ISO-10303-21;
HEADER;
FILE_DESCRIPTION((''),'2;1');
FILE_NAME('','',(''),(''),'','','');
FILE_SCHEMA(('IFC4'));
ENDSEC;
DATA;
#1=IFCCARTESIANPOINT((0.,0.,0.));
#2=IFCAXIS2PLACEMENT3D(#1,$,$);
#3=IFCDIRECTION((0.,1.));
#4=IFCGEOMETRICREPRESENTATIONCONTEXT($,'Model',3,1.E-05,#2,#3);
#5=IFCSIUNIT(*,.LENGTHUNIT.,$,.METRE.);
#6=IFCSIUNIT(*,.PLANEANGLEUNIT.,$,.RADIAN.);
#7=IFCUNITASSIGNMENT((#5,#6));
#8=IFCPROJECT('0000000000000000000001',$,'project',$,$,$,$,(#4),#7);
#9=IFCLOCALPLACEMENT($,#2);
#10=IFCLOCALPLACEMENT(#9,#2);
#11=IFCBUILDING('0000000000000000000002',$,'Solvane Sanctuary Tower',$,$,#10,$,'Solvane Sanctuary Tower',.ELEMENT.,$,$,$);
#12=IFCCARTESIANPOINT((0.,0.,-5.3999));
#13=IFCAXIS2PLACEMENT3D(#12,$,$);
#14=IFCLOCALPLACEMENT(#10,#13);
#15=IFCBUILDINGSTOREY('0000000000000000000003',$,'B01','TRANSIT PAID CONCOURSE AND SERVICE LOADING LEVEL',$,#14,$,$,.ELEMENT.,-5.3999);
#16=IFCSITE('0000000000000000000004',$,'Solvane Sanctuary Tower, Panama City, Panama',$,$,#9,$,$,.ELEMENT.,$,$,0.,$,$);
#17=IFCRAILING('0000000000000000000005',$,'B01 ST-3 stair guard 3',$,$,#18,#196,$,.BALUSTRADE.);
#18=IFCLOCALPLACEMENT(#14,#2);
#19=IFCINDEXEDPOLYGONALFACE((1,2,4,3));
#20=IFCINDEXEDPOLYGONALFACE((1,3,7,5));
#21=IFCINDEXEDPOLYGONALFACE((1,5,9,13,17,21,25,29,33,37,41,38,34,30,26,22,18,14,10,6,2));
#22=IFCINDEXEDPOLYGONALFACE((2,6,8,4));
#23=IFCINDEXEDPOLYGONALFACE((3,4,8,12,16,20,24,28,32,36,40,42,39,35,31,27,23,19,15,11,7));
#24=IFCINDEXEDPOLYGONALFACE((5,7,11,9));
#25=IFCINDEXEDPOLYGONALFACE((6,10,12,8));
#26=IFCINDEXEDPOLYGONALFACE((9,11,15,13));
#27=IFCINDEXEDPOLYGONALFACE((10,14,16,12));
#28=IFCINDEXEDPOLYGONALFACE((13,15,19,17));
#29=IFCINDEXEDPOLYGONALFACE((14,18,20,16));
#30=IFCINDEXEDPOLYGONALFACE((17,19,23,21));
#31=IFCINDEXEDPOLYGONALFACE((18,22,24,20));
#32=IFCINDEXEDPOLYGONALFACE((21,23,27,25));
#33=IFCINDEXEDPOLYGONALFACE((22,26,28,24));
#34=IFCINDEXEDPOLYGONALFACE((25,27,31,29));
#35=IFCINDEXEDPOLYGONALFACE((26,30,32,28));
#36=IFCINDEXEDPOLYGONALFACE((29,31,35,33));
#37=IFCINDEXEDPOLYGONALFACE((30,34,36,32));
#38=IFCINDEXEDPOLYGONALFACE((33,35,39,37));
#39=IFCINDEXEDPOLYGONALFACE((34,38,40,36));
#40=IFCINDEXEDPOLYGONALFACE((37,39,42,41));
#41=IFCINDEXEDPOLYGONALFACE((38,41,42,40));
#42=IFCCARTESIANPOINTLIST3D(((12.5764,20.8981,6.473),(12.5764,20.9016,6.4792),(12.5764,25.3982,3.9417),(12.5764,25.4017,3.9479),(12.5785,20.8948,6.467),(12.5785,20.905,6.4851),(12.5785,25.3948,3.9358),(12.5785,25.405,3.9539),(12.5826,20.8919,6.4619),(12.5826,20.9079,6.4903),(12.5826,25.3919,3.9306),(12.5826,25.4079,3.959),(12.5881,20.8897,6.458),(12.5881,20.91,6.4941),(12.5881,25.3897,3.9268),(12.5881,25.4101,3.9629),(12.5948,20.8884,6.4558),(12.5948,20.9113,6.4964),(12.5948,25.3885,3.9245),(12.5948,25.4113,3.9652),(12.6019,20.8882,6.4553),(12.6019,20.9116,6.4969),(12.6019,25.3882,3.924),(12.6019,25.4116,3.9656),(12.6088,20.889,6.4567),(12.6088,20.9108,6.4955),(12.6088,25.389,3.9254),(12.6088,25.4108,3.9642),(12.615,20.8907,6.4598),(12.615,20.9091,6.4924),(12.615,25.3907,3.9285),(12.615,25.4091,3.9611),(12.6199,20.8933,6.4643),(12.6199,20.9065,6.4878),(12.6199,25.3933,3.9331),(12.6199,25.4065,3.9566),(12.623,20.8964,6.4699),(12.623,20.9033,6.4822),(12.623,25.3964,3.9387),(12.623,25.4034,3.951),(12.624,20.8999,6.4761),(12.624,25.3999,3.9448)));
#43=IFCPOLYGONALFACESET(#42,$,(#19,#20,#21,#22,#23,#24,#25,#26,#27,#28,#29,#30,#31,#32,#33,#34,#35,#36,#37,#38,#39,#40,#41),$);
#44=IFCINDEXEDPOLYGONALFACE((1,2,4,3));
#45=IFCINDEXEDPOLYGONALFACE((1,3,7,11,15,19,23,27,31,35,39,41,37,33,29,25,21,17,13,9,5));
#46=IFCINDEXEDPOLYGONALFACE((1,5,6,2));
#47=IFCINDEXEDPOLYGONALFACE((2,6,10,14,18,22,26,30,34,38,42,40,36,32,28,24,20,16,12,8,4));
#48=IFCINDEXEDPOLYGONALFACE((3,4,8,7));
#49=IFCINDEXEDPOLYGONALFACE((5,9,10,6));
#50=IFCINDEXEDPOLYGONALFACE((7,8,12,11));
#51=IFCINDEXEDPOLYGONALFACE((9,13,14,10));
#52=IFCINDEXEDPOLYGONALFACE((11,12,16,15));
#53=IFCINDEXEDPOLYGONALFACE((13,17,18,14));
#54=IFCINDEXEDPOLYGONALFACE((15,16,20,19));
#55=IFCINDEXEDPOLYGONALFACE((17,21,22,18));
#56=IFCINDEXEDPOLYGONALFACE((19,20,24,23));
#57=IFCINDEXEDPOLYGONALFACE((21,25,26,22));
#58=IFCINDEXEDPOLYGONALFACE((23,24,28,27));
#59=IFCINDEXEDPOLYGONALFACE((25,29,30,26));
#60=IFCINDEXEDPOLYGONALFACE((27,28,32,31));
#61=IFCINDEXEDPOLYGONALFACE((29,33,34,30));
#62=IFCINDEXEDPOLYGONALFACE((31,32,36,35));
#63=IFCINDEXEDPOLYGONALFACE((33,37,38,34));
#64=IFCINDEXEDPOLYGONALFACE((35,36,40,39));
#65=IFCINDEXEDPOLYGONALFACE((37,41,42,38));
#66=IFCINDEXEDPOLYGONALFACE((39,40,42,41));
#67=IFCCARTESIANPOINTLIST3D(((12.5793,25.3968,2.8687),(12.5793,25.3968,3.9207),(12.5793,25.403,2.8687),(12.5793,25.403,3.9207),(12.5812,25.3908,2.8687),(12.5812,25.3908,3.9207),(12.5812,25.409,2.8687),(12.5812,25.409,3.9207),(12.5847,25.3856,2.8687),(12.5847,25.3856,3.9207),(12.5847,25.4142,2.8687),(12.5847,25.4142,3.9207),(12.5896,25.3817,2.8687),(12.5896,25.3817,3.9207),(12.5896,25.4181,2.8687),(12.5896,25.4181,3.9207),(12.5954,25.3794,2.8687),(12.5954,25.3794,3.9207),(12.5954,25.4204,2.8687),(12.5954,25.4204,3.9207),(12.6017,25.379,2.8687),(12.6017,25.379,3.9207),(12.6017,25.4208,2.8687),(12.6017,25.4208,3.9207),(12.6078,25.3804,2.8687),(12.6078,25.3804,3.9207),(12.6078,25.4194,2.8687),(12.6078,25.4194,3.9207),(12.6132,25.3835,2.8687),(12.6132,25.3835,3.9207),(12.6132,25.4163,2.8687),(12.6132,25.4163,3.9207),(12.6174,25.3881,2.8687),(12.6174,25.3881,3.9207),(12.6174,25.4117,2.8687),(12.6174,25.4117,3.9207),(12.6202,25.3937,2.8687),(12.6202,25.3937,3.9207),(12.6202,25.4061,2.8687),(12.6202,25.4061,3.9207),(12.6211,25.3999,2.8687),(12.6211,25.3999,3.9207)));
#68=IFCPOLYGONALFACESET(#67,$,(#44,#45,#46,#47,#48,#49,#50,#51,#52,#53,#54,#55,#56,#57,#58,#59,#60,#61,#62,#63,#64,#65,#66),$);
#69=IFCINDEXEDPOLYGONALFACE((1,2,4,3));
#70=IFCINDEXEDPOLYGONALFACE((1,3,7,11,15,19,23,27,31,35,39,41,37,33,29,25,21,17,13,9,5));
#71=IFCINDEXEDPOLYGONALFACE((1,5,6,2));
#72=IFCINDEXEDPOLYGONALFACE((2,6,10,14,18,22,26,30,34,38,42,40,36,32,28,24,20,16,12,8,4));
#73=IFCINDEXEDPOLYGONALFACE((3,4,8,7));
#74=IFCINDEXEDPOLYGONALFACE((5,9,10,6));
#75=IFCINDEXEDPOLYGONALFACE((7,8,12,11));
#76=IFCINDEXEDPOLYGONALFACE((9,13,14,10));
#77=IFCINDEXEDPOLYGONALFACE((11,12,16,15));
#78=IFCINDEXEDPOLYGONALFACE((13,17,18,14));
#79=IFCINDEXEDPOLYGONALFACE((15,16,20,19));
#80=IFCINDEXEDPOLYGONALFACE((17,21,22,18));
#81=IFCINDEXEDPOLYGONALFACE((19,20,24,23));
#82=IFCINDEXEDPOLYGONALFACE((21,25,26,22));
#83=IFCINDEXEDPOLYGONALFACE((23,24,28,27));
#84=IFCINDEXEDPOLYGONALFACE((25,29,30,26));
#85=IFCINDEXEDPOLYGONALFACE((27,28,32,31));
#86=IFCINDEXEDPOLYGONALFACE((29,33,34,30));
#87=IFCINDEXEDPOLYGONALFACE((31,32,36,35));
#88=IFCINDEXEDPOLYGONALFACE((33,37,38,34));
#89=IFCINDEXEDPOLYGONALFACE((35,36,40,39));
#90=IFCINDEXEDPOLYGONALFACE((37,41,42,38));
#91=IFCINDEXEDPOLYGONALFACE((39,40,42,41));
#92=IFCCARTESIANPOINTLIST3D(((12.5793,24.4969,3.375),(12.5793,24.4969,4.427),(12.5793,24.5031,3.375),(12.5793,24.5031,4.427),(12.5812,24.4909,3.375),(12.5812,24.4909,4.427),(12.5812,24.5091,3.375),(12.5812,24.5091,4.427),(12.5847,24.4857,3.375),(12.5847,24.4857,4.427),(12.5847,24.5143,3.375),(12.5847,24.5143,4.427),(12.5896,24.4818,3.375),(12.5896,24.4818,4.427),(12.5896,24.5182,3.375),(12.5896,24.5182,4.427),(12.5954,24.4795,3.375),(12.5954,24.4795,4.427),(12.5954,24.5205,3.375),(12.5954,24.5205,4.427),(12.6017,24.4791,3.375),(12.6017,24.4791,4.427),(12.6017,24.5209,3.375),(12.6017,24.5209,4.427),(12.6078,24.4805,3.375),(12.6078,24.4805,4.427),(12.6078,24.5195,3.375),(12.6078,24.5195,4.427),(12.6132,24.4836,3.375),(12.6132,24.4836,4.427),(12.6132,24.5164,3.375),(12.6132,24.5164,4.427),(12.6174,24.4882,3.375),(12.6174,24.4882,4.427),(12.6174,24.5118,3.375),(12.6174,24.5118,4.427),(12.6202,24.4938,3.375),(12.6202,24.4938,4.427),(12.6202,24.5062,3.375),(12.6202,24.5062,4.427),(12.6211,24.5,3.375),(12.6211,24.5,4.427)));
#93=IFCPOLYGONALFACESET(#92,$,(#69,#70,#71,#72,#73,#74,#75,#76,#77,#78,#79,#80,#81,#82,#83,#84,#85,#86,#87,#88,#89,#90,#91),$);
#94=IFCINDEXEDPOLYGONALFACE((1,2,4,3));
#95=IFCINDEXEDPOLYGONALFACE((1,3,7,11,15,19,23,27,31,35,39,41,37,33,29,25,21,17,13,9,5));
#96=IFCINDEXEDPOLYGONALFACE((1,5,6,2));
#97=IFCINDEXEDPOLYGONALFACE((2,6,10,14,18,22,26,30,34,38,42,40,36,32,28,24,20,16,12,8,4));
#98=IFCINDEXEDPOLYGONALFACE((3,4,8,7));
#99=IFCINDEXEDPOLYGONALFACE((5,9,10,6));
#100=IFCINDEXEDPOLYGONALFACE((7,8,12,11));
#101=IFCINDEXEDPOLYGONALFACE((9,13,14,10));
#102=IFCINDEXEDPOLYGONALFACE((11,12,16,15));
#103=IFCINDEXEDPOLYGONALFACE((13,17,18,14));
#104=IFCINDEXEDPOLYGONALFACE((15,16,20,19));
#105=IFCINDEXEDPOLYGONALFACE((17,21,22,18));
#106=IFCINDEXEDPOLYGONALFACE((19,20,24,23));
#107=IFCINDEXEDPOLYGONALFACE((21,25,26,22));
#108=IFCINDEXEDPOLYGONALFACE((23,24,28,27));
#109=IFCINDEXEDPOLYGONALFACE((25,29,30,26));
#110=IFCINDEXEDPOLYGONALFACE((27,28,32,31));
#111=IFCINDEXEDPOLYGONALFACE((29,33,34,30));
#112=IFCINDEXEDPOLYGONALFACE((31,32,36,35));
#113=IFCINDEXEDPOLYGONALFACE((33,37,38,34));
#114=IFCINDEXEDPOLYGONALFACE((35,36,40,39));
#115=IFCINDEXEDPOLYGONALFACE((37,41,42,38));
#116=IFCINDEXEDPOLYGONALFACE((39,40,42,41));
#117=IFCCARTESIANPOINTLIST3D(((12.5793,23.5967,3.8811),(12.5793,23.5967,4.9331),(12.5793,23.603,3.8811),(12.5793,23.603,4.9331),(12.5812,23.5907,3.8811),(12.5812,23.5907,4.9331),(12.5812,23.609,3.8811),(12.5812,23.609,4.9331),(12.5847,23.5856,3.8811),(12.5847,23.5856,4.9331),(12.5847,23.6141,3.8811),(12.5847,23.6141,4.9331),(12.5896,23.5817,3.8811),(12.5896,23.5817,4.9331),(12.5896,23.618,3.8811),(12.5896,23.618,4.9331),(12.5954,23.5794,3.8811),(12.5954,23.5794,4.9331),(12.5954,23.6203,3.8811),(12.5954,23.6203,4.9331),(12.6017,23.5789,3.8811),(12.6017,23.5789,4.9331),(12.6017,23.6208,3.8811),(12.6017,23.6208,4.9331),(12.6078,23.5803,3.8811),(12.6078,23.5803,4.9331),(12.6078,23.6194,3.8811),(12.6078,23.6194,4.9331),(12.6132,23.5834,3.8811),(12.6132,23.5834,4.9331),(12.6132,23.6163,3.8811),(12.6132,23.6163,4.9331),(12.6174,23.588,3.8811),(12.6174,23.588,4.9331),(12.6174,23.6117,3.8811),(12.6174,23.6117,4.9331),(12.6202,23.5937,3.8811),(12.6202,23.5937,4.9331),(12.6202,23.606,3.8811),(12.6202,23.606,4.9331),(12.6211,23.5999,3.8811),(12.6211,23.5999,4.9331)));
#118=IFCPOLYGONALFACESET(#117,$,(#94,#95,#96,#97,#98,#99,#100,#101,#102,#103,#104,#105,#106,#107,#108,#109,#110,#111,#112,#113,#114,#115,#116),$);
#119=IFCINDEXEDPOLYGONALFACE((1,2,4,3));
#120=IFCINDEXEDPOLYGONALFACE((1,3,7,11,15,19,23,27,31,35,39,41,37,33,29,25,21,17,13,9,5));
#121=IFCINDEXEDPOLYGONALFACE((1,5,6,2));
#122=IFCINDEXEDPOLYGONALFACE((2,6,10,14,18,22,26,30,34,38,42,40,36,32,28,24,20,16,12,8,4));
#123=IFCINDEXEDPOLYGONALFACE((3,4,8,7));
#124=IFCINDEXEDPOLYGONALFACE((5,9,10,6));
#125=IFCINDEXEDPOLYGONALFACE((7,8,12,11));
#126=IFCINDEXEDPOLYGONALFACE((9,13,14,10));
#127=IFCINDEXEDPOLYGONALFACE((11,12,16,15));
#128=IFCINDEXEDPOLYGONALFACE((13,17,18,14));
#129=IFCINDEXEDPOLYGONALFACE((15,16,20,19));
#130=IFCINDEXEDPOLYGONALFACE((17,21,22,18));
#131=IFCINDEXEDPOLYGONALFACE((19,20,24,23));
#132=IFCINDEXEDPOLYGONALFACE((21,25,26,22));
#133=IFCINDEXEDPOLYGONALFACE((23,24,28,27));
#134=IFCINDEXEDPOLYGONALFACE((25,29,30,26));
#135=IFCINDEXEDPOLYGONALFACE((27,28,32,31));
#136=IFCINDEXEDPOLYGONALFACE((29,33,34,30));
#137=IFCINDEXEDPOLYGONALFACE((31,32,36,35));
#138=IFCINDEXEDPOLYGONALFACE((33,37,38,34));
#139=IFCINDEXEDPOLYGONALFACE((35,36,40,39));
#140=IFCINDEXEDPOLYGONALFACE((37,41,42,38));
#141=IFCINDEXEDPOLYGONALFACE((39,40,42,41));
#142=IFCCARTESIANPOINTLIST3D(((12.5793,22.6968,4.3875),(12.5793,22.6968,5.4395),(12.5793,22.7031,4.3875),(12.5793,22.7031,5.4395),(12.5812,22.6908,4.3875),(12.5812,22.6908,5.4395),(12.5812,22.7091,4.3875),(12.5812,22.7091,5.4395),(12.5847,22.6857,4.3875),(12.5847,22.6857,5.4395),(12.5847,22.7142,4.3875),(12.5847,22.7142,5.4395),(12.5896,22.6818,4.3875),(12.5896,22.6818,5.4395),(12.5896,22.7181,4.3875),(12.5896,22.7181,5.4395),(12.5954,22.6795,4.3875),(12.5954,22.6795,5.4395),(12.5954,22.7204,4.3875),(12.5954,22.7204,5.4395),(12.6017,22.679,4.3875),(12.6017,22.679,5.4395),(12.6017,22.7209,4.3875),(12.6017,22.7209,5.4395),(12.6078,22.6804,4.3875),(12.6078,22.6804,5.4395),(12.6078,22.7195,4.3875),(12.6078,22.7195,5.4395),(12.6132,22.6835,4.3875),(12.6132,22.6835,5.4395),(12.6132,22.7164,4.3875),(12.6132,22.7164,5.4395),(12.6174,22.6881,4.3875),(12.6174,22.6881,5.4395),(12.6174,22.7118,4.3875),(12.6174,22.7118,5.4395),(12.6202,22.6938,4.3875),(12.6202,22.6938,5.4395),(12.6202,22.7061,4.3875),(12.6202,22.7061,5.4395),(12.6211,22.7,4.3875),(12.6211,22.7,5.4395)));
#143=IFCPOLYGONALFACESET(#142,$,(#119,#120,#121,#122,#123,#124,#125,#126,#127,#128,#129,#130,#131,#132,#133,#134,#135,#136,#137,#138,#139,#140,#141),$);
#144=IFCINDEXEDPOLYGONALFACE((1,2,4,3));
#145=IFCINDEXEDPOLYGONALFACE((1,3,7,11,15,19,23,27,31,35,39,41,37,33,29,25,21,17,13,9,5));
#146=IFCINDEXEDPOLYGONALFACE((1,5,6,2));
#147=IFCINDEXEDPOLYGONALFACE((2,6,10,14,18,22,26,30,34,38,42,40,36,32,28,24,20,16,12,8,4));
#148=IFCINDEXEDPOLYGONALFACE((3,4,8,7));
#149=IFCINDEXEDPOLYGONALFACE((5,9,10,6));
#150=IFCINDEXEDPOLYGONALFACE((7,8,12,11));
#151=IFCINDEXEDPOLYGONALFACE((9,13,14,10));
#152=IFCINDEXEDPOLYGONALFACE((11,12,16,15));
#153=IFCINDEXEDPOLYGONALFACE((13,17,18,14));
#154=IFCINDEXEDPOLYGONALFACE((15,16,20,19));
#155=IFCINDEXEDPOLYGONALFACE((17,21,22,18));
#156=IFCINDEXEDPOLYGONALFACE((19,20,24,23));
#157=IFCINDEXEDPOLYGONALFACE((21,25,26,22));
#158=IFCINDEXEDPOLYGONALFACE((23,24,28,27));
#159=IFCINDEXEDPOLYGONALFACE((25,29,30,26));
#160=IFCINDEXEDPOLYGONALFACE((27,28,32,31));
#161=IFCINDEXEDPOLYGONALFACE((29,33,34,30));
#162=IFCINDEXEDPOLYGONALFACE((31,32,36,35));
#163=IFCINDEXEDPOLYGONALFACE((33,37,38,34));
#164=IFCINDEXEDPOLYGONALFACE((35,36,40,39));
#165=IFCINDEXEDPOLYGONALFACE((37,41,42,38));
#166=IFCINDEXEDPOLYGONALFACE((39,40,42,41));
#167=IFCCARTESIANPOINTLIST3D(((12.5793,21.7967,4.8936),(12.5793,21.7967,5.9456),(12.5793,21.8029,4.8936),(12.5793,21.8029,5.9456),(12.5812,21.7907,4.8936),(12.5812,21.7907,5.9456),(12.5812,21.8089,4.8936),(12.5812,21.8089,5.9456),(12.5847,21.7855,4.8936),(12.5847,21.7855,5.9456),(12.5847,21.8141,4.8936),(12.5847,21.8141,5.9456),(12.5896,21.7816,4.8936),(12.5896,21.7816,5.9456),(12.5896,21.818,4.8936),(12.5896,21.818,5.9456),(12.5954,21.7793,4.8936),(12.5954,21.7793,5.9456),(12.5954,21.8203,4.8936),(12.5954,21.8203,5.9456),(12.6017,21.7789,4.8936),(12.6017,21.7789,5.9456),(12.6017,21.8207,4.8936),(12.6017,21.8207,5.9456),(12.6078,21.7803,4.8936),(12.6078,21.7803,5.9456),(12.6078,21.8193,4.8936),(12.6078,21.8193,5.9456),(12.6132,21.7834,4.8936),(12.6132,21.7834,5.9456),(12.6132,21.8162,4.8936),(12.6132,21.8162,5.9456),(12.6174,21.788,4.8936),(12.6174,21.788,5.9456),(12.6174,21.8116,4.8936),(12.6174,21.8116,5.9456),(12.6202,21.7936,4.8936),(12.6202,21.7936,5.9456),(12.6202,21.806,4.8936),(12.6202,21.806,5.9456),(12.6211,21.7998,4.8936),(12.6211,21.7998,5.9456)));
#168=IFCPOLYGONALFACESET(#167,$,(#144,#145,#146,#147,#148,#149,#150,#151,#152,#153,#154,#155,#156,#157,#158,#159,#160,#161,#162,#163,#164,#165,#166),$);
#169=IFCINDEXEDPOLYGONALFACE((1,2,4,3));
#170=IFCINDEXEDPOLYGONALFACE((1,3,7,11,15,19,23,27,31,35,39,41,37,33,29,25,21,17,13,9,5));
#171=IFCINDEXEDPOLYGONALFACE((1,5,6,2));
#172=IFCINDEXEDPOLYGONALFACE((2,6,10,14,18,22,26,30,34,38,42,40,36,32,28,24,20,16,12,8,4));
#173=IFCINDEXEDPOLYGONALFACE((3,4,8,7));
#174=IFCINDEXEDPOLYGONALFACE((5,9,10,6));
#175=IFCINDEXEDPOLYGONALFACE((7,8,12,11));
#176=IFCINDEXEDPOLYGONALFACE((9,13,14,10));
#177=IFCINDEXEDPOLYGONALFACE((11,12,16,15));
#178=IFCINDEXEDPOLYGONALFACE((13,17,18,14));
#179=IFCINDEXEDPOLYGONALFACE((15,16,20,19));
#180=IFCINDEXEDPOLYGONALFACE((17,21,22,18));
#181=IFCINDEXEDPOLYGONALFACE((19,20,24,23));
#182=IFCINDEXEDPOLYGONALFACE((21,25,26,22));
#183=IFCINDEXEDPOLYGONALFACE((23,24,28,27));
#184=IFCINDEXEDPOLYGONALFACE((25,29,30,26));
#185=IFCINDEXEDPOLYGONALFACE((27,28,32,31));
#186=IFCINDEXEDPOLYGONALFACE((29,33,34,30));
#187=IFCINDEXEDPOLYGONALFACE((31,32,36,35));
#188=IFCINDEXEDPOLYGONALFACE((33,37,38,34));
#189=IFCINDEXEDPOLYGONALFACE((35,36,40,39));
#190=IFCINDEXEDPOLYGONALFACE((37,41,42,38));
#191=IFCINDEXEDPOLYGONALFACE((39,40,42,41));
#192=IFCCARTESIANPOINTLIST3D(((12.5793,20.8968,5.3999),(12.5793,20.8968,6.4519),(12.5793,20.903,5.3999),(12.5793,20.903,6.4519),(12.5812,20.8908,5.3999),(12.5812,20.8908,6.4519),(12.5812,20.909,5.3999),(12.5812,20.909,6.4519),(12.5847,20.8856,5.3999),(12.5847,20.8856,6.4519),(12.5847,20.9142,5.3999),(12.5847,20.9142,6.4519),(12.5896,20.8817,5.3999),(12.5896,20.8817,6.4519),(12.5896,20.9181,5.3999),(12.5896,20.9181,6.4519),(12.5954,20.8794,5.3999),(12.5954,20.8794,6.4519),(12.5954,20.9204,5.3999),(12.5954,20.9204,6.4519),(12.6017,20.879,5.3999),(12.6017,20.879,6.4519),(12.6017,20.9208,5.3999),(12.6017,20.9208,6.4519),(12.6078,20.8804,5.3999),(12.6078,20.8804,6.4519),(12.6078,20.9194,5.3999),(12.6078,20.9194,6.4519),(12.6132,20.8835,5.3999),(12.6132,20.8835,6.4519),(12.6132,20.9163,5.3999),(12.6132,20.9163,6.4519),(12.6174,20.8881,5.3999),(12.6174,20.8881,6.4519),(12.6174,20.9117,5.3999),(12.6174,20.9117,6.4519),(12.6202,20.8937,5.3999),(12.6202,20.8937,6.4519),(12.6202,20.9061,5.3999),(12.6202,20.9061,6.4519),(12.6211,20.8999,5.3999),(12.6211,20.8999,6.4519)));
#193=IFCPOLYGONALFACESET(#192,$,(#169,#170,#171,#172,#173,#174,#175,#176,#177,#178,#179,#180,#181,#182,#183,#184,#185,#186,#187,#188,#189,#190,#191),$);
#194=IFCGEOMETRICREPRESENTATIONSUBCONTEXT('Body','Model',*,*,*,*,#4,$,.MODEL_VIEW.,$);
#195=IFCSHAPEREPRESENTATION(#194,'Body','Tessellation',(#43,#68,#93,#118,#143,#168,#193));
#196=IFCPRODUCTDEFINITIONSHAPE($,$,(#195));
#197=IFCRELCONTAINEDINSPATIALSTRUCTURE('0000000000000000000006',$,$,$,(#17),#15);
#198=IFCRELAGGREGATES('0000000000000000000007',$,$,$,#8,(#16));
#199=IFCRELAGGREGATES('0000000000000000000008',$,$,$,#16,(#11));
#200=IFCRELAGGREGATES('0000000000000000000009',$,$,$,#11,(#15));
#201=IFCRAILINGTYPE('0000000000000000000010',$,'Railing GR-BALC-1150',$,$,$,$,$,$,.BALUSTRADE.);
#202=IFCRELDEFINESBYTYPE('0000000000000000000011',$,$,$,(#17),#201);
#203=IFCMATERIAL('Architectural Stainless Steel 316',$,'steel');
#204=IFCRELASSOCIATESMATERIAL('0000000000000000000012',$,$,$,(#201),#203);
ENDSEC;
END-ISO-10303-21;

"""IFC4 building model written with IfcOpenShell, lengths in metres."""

from ifc_helpers import new_model, si_unit, direction, frame, origin, origin_2d, place, context, subcontext, project, spatial, circle, extrude, material, type_object, element, save


model = new_model("IFC4")

# Units and contexts
model_context = context("Model", 3, precision=1e-05, world=origin(), true_north=direction((0.0, 1.0)))
body_context = subcontext(model_context, "Body", "Model", "MODEL_VIEW")
ifc_project = project(units=[si_unit("LENGTHUNIT", "METRE"), si_unit("PLANEANGLEUNIT", "RADIAN")], contexts=[model_context])

# Site, building, storey
site_placement = place(None, origin())
site = spatial("IfcSite", under=ifc_project, at=site_placement, Name="Solvane Sanctuary Tower, Panama City, Panama", CompositionType="ELEMENT", RefElevation=0.0)
building_placement = place(site_placement, origin())
building = spatial("IfcBuilding", under=site, at=building_placement, Name="Solvane Sanctuary Tower", LongName="Solvane Sanctuary Tower", CompositionType="ELEMENT")
storey_placement = place(building_placement, frame((0.0, 0.0, -5.3999)))
storey = spatial("IfcBuildingStorey", under=building, at=storey_placement, Name="B01", Description="TRANSIT PAID CONCOURSE AND SERVICE LOADING LEVEL", CompositionType="ELEMENT", Elevation=-5.3999)

# Shared definitions
ifc_material_1 = material(Name="Architectural Stainless Steel 316", Category="steel")

# Railing
railing_type_1 = type_object("IfcRailingType", Name="Railing GR-BALC-1150", PredefinedType="BALUSTRADE", material=ifc_material_1)
railing_1_placement = place(storey_placement, frame((12.6001, 25.3999, 2.8687)))
element("IfcRailing", 1, at=railing_1_placement, inside=storey, type_object=railing_type_1, Name="B01 ST-3 stair guard 3", PredefinedType="BALUSTRADE", context=body_context, shape_type="SweptSolid", body=[
    extrude(circle(Radius=0.0239, at=origin_2d()), frame((0.0, 0.0, 1.0762), z_axis=(0.0, -0.871576, 0.490261), x_axis=(1.0, 0.0, 0.0)), (0.0, 0.0, 1.0), 5.1631),
    extrude(circle(Radius=0.021, at=origin_2d()), origin(), (0.0, 0.0, 1.0), 1.052),
    extrude(circle(Radius=0.021, at=origin_2d()), frame((0.0, -0.8999, 0.5063)), (0.0, 0.0, 1.0), 1.052),
    extrude(circle(Radius=0.021, at=origin_2d()), frame((0.0, -1.8, 1.0125)), (0.0, 0.0, 1.0), 1.052),
    extrude(circle(Radius=0.021, at=origin_2d()), frame((0.0, -2.7, 1.5188)), (0.0, 0.0, 1.0), 1.052),
    extrude(circle(Radius=0.021, at=origin_2d()), frame((0.0, -3.6001, 2.0249)), (0.0, 0.0, 1.0), 1.052),
    extrude(circle(Radius=0.021, at=origin_2d()), frame((0.0, -4.5, 2.5312)), (0.0, 0.0, 1.0), 1.052),
])

save(model, "model.ifc")
